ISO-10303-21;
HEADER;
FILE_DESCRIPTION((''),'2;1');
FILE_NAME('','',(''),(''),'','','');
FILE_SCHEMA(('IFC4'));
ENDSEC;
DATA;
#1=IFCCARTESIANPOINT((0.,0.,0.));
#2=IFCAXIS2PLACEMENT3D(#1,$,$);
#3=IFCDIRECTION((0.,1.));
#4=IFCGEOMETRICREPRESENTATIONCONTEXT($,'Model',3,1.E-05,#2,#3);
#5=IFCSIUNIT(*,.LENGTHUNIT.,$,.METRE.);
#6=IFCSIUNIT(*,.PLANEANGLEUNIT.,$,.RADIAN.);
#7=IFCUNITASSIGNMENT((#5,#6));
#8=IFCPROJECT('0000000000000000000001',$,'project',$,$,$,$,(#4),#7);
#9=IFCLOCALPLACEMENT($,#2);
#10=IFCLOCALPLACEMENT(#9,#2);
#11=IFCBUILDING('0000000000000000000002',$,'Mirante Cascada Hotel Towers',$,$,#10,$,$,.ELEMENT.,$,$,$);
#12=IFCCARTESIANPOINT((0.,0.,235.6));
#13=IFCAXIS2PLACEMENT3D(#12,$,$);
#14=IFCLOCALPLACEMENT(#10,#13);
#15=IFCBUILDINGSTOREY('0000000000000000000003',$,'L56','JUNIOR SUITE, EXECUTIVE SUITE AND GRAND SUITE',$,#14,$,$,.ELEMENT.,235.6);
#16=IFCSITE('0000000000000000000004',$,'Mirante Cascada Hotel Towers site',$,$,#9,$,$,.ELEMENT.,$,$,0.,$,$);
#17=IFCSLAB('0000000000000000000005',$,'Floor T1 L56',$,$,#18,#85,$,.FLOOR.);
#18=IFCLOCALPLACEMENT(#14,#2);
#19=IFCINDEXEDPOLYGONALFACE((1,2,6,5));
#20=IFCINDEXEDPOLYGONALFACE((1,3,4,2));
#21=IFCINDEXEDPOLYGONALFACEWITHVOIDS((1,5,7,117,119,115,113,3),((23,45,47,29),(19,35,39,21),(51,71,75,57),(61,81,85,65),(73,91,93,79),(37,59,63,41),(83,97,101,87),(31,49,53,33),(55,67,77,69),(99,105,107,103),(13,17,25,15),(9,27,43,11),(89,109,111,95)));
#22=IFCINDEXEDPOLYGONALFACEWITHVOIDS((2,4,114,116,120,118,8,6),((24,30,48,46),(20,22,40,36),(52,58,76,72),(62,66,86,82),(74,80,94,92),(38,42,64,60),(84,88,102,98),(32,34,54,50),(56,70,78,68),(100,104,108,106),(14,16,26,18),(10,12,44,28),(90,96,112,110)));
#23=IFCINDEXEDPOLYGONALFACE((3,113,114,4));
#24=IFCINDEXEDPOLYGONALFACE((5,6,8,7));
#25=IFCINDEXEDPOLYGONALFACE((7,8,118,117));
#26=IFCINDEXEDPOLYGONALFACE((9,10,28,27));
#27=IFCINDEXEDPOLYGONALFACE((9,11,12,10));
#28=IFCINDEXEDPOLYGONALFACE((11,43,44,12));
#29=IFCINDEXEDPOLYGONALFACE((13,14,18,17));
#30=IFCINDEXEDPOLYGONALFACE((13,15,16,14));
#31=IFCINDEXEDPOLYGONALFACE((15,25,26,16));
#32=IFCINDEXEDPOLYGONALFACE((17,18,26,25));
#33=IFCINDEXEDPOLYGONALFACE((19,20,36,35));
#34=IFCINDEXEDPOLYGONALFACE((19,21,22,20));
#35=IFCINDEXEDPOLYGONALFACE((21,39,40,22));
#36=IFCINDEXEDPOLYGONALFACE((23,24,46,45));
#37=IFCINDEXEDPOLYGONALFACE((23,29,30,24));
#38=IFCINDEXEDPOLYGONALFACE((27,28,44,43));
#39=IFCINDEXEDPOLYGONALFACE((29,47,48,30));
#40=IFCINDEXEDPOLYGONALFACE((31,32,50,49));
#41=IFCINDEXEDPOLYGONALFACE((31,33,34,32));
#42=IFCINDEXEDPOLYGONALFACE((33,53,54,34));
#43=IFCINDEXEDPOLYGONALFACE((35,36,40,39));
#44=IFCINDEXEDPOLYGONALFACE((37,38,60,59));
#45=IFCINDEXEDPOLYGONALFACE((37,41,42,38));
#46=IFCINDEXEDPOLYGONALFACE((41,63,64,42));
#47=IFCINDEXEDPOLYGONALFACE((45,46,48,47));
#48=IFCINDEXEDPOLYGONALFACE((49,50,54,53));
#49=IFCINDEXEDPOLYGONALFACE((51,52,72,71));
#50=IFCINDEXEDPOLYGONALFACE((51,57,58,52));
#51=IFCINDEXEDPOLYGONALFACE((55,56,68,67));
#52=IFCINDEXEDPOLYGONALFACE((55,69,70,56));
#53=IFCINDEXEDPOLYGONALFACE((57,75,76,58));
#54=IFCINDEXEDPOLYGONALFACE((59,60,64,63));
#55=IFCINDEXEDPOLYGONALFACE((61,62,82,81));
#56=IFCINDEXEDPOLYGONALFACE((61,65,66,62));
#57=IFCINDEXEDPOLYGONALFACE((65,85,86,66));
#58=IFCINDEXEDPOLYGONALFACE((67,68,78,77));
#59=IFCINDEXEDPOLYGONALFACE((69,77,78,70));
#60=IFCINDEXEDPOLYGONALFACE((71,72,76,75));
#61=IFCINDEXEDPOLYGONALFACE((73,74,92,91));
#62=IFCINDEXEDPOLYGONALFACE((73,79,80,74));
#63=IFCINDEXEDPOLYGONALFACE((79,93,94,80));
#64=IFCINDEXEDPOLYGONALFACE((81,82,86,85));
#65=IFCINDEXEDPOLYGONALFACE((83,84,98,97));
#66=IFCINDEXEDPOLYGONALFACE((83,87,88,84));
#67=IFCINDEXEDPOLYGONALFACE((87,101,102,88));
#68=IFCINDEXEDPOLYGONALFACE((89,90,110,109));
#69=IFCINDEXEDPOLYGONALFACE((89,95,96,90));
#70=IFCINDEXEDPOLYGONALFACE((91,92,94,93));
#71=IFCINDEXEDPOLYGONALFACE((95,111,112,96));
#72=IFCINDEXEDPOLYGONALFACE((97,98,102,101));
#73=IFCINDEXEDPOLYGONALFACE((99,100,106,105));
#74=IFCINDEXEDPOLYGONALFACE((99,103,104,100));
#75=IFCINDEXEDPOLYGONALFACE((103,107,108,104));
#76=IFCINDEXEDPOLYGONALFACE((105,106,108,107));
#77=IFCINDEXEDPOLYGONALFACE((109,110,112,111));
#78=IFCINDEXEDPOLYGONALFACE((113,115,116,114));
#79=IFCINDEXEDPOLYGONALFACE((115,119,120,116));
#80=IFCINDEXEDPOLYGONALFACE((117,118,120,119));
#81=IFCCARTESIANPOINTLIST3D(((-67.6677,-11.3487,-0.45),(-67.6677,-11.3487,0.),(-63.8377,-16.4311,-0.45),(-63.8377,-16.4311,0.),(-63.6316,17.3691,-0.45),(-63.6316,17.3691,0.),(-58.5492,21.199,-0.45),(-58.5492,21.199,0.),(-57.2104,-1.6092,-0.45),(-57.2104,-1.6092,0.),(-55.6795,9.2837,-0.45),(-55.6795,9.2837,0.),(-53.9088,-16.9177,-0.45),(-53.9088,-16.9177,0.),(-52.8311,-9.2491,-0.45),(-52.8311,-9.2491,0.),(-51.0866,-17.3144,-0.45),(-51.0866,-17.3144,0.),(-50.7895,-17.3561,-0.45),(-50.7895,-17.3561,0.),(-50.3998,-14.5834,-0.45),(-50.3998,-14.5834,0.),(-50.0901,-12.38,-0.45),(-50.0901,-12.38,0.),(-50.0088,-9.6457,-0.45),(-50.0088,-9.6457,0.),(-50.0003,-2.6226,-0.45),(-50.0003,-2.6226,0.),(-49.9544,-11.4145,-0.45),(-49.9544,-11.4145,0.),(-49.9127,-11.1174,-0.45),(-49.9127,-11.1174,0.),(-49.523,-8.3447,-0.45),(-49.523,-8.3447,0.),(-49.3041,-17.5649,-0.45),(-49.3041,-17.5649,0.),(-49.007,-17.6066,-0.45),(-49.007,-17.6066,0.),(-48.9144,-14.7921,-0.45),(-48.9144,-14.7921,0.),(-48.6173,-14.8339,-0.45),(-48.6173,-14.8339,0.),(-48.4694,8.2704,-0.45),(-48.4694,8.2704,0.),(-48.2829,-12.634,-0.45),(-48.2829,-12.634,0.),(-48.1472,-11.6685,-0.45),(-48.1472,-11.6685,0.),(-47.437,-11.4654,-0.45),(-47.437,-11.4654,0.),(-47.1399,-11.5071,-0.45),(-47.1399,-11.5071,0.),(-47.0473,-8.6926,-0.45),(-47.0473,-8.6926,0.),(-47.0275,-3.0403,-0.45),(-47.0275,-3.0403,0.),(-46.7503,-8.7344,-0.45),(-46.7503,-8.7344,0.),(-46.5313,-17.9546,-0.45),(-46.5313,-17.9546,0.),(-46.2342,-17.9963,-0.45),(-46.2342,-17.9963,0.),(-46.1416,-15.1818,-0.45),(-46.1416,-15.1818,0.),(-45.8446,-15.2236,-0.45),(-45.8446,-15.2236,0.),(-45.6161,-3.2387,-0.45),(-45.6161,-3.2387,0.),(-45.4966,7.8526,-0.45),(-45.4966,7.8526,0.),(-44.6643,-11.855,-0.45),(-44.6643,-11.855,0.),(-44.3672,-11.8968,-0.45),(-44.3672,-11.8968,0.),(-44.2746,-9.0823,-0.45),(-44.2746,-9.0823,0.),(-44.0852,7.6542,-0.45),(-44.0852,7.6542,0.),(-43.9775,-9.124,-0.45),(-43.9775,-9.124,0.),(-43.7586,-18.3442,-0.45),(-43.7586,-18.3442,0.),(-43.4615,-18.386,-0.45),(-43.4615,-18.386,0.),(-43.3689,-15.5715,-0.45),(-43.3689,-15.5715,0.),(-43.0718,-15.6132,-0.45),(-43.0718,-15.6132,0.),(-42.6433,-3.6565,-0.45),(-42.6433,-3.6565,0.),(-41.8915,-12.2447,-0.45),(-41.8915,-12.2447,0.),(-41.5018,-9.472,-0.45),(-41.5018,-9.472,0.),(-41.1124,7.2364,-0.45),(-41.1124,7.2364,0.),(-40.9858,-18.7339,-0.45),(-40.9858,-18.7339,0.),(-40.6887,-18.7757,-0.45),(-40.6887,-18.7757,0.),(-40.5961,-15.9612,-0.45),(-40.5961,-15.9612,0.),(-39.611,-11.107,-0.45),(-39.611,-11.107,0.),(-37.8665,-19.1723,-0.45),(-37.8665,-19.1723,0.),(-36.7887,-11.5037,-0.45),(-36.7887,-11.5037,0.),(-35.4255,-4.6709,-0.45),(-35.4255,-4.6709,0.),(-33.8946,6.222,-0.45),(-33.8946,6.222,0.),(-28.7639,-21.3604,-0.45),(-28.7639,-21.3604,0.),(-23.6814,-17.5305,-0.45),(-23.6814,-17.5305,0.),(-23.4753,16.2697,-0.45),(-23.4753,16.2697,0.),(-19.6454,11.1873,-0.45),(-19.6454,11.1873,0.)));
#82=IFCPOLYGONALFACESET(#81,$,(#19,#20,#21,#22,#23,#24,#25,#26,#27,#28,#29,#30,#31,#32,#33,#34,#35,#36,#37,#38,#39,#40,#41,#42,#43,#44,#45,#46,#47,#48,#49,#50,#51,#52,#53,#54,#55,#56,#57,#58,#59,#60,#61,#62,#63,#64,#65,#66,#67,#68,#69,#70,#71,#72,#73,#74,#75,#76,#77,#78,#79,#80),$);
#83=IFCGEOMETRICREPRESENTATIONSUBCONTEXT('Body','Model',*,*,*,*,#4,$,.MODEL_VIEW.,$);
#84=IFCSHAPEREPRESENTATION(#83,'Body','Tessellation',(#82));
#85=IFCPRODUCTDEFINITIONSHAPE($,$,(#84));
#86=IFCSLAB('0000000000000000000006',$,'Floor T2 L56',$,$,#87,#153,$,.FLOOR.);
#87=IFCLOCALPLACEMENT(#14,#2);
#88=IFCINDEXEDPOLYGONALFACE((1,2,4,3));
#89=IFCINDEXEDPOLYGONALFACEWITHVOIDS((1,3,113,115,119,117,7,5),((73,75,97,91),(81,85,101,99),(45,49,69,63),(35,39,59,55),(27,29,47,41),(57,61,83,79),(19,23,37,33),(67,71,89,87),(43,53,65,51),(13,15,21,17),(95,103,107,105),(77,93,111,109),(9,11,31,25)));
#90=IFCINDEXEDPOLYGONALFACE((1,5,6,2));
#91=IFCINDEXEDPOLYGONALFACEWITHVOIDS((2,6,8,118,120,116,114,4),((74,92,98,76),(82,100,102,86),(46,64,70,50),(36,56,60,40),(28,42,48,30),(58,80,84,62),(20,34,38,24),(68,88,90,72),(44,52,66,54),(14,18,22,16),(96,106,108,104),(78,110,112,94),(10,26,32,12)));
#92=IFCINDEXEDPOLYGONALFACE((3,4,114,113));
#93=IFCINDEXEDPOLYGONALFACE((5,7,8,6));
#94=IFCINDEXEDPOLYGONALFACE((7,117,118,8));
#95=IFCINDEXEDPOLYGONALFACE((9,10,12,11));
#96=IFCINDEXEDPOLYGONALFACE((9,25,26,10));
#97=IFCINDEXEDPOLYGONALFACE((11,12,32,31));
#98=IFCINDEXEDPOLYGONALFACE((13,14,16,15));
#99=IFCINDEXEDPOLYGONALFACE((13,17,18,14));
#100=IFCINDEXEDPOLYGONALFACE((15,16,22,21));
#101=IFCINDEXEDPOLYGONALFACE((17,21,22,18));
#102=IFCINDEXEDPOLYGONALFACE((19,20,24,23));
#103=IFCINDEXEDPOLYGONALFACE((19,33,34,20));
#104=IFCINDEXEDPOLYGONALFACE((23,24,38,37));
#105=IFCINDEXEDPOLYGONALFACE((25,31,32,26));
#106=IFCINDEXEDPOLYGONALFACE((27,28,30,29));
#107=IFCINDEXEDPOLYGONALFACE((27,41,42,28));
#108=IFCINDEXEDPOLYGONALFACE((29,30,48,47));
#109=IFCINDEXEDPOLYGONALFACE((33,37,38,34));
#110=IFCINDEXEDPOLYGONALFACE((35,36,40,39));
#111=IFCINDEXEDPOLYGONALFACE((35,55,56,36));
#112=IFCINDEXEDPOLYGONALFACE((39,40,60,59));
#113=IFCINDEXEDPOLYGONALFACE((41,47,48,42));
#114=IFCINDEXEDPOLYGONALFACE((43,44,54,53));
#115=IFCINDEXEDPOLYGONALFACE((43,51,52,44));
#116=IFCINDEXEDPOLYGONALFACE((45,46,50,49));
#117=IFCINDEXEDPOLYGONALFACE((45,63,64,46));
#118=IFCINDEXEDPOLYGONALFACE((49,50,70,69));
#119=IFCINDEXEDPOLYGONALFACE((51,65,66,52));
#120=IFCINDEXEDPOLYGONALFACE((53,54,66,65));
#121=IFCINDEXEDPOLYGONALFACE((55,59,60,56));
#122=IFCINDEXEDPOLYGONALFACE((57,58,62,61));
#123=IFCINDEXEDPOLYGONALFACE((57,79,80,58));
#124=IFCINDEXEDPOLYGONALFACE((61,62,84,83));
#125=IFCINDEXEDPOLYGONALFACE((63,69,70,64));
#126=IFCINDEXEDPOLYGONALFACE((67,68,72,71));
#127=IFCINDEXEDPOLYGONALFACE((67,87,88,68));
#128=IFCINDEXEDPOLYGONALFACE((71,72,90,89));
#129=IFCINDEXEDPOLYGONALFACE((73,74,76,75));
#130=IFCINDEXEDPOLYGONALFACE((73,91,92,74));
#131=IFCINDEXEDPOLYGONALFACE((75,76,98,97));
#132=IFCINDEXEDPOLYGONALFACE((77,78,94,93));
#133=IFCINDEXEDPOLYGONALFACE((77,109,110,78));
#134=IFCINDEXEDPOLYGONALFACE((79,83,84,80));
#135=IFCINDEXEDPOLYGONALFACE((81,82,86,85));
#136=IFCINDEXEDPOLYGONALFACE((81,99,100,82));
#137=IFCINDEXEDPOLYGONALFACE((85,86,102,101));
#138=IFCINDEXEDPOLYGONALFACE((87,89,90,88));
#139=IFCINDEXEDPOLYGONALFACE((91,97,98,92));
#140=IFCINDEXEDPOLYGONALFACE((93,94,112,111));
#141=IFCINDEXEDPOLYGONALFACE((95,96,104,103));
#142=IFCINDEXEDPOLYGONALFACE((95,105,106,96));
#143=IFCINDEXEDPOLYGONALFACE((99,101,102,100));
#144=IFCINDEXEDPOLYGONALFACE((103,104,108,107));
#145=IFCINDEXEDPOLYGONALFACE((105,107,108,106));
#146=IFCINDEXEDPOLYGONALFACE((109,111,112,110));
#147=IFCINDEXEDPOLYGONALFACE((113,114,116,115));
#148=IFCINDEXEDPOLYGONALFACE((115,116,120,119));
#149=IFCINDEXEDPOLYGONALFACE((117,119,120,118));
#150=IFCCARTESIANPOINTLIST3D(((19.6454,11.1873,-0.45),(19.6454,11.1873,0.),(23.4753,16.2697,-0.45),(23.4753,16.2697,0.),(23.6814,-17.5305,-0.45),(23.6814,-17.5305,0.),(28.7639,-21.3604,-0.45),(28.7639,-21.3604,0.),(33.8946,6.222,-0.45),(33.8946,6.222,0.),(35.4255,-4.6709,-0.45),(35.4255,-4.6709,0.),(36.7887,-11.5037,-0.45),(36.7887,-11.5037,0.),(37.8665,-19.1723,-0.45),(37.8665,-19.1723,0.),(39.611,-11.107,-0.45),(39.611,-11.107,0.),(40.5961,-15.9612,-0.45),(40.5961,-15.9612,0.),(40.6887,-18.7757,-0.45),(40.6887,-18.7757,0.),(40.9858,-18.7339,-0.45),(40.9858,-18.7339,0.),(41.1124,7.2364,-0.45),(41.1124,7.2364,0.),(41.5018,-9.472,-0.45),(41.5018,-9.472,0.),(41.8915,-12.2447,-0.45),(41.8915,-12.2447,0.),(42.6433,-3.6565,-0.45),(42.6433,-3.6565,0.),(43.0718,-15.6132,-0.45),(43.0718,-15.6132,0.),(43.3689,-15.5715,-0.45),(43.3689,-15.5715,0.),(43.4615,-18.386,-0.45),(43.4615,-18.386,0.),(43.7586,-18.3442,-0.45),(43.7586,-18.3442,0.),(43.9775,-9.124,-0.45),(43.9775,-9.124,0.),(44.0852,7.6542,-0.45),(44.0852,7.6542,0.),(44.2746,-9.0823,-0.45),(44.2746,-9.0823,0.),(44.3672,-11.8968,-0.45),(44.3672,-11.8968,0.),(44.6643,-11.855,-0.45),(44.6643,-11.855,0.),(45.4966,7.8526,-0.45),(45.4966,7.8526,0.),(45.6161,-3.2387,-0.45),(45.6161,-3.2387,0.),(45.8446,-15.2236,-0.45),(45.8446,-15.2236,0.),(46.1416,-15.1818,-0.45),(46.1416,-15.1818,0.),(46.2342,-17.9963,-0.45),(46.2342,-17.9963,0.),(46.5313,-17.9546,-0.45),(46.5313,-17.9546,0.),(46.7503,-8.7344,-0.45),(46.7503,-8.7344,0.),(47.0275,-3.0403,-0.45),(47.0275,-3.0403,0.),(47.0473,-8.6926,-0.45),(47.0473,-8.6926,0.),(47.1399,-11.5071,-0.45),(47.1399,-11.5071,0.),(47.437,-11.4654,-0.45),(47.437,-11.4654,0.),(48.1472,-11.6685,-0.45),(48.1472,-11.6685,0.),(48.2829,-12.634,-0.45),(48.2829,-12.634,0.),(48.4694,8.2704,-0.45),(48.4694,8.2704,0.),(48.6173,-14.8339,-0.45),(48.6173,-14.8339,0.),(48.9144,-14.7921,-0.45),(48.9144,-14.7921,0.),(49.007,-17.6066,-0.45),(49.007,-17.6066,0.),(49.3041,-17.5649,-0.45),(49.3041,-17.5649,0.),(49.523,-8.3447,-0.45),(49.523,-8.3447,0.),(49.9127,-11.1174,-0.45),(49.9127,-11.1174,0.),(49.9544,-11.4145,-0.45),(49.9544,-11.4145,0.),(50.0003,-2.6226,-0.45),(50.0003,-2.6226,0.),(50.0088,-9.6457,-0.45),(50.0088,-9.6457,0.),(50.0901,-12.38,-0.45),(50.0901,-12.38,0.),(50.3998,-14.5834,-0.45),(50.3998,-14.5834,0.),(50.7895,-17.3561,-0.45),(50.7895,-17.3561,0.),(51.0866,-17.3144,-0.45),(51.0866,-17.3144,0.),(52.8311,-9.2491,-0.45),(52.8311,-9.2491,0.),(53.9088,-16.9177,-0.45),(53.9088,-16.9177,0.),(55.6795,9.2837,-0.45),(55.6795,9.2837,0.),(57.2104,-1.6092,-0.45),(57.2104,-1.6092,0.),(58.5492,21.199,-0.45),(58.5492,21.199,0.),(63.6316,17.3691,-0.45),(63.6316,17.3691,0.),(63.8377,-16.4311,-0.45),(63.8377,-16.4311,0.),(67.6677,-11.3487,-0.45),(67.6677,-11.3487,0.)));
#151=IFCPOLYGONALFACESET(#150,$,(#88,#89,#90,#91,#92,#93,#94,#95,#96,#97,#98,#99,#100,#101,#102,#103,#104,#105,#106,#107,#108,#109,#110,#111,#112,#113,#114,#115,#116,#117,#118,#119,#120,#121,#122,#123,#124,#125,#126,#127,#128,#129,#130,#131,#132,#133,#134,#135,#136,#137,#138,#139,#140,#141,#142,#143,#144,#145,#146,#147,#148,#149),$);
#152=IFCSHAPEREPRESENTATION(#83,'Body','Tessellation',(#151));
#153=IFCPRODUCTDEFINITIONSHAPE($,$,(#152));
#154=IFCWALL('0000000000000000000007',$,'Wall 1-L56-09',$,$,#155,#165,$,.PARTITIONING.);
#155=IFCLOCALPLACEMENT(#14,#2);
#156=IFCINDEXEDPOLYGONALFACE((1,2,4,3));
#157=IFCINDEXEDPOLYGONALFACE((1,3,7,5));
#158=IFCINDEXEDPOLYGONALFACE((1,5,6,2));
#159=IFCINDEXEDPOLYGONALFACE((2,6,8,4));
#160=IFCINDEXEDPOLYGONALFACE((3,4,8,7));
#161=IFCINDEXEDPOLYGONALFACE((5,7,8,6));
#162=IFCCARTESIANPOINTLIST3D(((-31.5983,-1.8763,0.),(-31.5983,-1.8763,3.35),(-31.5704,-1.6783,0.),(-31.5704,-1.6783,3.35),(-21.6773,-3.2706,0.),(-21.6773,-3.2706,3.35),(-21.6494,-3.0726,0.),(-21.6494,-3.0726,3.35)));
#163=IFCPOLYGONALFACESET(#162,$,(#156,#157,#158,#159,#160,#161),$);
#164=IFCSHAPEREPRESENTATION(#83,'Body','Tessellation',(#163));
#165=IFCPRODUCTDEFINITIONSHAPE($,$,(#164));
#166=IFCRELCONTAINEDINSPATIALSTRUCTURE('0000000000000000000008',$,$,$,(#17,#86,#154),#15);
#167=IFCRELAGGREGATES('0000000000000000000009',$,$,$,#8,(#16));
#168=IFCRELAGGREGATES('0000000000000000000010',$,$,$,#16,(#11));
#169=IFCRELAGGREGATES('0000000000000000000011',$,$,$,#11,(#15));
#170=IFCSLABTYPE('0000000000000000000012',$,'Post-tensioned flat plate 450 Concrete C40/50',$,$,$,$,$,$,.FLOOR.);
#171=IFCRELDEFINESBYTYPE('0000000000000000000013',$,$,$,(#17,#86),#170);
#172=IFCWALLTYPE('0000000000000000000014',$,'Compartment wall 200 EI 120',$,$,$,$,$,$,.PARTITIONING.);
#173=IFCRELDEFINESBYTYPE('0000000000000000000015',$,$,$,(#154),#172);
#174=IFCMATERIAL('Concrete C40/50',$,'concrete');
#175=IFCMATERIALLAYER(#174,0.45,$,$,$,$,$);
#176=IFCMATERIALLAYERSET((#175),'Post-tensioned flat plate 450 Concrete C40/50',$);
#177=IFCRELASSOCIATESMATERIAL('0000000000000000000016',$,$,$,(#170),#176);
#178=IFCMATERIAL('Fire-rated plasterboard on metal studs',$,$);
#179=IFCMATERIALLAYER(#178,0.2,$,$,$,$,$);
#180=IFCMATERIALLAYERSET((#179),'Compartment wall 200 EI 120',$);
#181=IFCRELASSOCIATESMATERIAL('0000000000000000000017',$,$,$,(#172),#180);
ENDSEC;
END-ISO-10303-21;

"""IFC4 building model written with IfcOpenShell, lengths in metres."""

from ifc_helpers import new_model, si_unit, direction, frame, frame_2d, origin, place, context, subcontext, project, spatial, polyline, rectangle, outline, extrude, material, layer, layer_set, type_object, element, save


model = new_model("IFC4")

# Units and contexts
model_context = context("Model", 3, precision=1e-05, world=origin(), true_north=direction((0.0, 1.0)))
body_context = subcontext(model_context, "Body", "Model", "MODEL_VIEW")
ifc_project = project(units=[si_unit("LENGTHUNIT", "METRE"), si_unit("PLANEANGLEUNIT", "RADIAN")], contexts=[model_context])

# Site, building, storey
site_placement = place(None, origin())
site = spatial("IfcSite", under=ifc_project, at=site_placement, Name="Mirante Cascada Hotel Towers site", CompositionType="ELEMENT", RefElevation=0.0)
building_placement = place(site_placement, origin())
building = spatial("IfcBuilding", under=site, at=building_placement, Name="Mirante Cascada Hotel Towers", CompositionType="ELEMENT")
storey_placement = place(building_placement, frame((0.0, 0.0, 235.6)))
storey = spatial("IfcBuildingStorey", under=building, at=storey_placement, Name="L56", Description="JUNIOR SUITE, EXECUTIVE SUITE AND GRAND SUITE", CompositionType="ELEMENT", Elevation=235.6)

# Slabs
ifc_material_1 = material(Name="Concrete C40/50", Category="concrete")
ifc_layer_1 = layer(ifc_material_1, 0.45)
ifc_layer_set_1 = layer_set([ifc_layer_1], Name="Post-tensioned flat plate 450 Concrete C40/50")
slab_type = type_object("IfcSlabType", Name="Post-tensioned flat plate 450 Concrete C40/50", PredefinedType="FLOOR", material=ifc_layer_set_1)
slab_1_placement = place(storey_placement, frame((0.0, 0.0, -0.45)))
element("IfcSlab", 1, at=slab_1_placement, inside=storey, type_object=slab_type, Name="Floor T1 L56", PredefinedType="FLOOR", context=body_context, shape_type="SweptSolid", body=[
    extrude(outline(polyline([(-23.6814, -17.5305), (-19.6454, 11.1873), (-23.4753, 16.2697), (-58.5492, 21.199), (-63.6316, 17.3691), (-67.6677, -11.3487), (-63.8377, -16.4311), (-28.7639, -21.3604), (-23.6814, -17.5305)]), holes=[polyline([(-40.5961, -15.9612), (-40.9858, -18.7339), (-43.4615, -18.386), (-43.0718, -15.6132), (-40.5961, -15.9612)]), polyline([(-43.3689, -15.5715), (-43.7586, -18.3442), (-46.2342, -17.9963), (-45.8446, -15.2236), (-43.3689, -15.5715)]), polyline([(-46.1416, -15.1818), (-46.5313, -17.9546), (-49.007, -17.6066), (-48.6173, -14.8339), (-46.1416, -15.1818)]), polyline([(-36.7887, -11.5037), (-37.8665, -19.1723), (-40.6887, -18.7757), (-39.611, -11.107), (-36.7887, -11.5037)]), polyline([(-43.9775, -9.124), (-41.5018, -9.472), (-41.8915, -12.2447), (-44.3672, -11.8968), (-43.9775, -9.124)]), polyline([(-44.2746, -9.0823), (-44.6643, -11.855), (-47.1399, -11.5071), (-46.7503, -8.7344), (-44.2746, -9.0823)]), polyline([(-50.3998, -14.5834), (-48.9144, -14.7921), (-49.3041, -17.5649), (-50.7895, -17.3561), (-50.3998, -14.5834)]), polyline([(-50.0088, -9.6457), (-51.0866, -17.3144), (-53.9088, -16.9177), (-52.8311, -9.2491), (-50.0088, -9.6457)]), polyline([(-48.1472, -11.6685), (-48.2829, -12.634), (-50.0901, -12.38), (-49.9544, -11.4145), (-48.1472, -11.6685)]), polyline([(-49.523, -8.3447), (-47.0473, -8.6926), (-47.437, -11.4654), (-49.9127, -11.1174), (-49.523, -8.3447)]), polyline([(-48.4694, 8.2704), (-50.0003, -2.6226), (-50.0003, -2.6226), (-57.2104, -1.6092), (-55.6795, 9.2837), (-48.4694, 8.2704)]), polyline([(-44.0852, 7.6542), (-45.6161, -3.2387), (-47.0275, -3.0403), (-45.4966, 7.8526), (-44.0852, 7.6542)]), polyline([(-33.8946, 6.222), (-35.4255, -4.6709), (-42.6433, -3.6565), (-41.1124, 7.2364), (-33.8946, 6.222)])]), origin(), (0.0, 0.0, 1.0), 0.45),
])
slab_2_placement = place(storey_placement, frame((0.0, 0.0, -0.45)))
element("IfcSlab", 2, at=slab_2_placement, inside=storey, type_object=slab_type, Name="Floor T2 L56", PredefinedType="FLOOR", context=body_context, shape_type="SweptSolid", body=[
    extrude(outline(polyline([(23.6814, -17.5305), (19.6454, 11.1873), (23.4753, 16.2697), (58.5492, 21.199), (63.6316, 17.3691), (67.6677, -11.3487), (63.8377, -16.4311), (28.7639, -21.3604), (23.6814, -17.5305)]), holes=[polyline([(40.5961, -15.9612), (40.9858, -18.7339), (43.4615, -18.386), (43.0718, -15.6132), (40.5961, -15.9612)]), polyline([(43.3689, -15.5715), (43.7586, -18.3442), (46.2342, -17.9963), (45.8446, -15.2236), (43.3689, -15.5715)]), polyline([(46.1416, -15.1818), (46.5313, -17.9546), (49.007, -17.6066), (48.6173, -14.8339), (46.1416, -15.1818)]), polyline([(37.8665, -19.1723), (40.6887, -18.7757), (39.611, -11.107), (36.7887, -11.5037), (37.8665, -19.1723)]), polyline([(43.9775, -9.124), (41.5018, -9.472), (41.8915, -12.2447), (44.3672, -11.8968), (43.9775, -9.124)]), polyline([(44.2746, -9.0823), (44.6643, -11.855), (47.1399, -11.5071), (46.7503, -8.7344), (44.2746, -9.0823)]), polyline([(50.3998, -14.5834), (48.9144, -14.7921), (49.3041, -17.5649), (50.7895, -17.3561), (50.3998, -14.5834)]), polyline([(51.0866, -17.3144), (53.9088, -16.9177), (52.8311, -9.2491), (50.0088, -9.6457), (51.0866, -17.3144)]), polyline([(48.1472, -11.6685), (48.2829, -12.634), (50.0901, -12.38), (49.9544, -11.4145), (48.1472, -11.6685)]), polyline([(49.523, -8.3447), (47.0473, -8.6926), (47.437, -11.4654), (49.9127, -11.1174), (49.523, -8.3447)]), polyline([(55.6795, 9.2837), (57.2104, -1.6092), (50.0003, -2.6226), (50.0003, -2.6226), (48.4694, 8.2704), (55.6795, 9.2837)]), polyline([(45.4966, 7.8526), (47.0275, -3.0403), (45.6161, -3.2387), (44.0852, 7.6542), (45.4966, 7.8526)]), polyline([(41.1124, 7.2364), (42.6433, -3.6565), (35.4255, -4.6709), (33.8946, 6.222), (41.1124, 7.2364)])]), origin(), (0.0, 0.0, 1.0), 0.45),
])

# Wall
ifc_material_2 = material(Name="Fire-rated plasterboard on metal studs")
ifc_layer_2 = layer(ifc_material_2, 0.2)
ifc_layer_set_2 = layer_set([ifc_layer_2], Name="Compartment wall 200 EI 120")
wall_type_1 = type_object("IfcWallType", Name="Compartment wall 200 EI 120", PredefinedType="PARTITIONING", material=ifc_layer_set_2)
wall_1_placement = place(storey_placement, frame((-21.6634, -3.1716, 0.0), z_axis=(0.0, 0.0, 1.0), x_axis=(-0.990268, 0.139173, 0.0)))
element("IfcWall", 3, at=wall_1_placement, inside=storey, type_object=wall_type_1, Name="Wall 1-L56-09", PredefinedType="PARTITIONING", context=body_context, shape_type="SweptSolid", body=[
    extrude(rectangle(XDim=10.0185, YDim=0.2, at=frame_2d((5.0092, 0.0))), origin(), (0.0, 0.0, 1.0), 3.35),
])

save(model, "model.ifc")
